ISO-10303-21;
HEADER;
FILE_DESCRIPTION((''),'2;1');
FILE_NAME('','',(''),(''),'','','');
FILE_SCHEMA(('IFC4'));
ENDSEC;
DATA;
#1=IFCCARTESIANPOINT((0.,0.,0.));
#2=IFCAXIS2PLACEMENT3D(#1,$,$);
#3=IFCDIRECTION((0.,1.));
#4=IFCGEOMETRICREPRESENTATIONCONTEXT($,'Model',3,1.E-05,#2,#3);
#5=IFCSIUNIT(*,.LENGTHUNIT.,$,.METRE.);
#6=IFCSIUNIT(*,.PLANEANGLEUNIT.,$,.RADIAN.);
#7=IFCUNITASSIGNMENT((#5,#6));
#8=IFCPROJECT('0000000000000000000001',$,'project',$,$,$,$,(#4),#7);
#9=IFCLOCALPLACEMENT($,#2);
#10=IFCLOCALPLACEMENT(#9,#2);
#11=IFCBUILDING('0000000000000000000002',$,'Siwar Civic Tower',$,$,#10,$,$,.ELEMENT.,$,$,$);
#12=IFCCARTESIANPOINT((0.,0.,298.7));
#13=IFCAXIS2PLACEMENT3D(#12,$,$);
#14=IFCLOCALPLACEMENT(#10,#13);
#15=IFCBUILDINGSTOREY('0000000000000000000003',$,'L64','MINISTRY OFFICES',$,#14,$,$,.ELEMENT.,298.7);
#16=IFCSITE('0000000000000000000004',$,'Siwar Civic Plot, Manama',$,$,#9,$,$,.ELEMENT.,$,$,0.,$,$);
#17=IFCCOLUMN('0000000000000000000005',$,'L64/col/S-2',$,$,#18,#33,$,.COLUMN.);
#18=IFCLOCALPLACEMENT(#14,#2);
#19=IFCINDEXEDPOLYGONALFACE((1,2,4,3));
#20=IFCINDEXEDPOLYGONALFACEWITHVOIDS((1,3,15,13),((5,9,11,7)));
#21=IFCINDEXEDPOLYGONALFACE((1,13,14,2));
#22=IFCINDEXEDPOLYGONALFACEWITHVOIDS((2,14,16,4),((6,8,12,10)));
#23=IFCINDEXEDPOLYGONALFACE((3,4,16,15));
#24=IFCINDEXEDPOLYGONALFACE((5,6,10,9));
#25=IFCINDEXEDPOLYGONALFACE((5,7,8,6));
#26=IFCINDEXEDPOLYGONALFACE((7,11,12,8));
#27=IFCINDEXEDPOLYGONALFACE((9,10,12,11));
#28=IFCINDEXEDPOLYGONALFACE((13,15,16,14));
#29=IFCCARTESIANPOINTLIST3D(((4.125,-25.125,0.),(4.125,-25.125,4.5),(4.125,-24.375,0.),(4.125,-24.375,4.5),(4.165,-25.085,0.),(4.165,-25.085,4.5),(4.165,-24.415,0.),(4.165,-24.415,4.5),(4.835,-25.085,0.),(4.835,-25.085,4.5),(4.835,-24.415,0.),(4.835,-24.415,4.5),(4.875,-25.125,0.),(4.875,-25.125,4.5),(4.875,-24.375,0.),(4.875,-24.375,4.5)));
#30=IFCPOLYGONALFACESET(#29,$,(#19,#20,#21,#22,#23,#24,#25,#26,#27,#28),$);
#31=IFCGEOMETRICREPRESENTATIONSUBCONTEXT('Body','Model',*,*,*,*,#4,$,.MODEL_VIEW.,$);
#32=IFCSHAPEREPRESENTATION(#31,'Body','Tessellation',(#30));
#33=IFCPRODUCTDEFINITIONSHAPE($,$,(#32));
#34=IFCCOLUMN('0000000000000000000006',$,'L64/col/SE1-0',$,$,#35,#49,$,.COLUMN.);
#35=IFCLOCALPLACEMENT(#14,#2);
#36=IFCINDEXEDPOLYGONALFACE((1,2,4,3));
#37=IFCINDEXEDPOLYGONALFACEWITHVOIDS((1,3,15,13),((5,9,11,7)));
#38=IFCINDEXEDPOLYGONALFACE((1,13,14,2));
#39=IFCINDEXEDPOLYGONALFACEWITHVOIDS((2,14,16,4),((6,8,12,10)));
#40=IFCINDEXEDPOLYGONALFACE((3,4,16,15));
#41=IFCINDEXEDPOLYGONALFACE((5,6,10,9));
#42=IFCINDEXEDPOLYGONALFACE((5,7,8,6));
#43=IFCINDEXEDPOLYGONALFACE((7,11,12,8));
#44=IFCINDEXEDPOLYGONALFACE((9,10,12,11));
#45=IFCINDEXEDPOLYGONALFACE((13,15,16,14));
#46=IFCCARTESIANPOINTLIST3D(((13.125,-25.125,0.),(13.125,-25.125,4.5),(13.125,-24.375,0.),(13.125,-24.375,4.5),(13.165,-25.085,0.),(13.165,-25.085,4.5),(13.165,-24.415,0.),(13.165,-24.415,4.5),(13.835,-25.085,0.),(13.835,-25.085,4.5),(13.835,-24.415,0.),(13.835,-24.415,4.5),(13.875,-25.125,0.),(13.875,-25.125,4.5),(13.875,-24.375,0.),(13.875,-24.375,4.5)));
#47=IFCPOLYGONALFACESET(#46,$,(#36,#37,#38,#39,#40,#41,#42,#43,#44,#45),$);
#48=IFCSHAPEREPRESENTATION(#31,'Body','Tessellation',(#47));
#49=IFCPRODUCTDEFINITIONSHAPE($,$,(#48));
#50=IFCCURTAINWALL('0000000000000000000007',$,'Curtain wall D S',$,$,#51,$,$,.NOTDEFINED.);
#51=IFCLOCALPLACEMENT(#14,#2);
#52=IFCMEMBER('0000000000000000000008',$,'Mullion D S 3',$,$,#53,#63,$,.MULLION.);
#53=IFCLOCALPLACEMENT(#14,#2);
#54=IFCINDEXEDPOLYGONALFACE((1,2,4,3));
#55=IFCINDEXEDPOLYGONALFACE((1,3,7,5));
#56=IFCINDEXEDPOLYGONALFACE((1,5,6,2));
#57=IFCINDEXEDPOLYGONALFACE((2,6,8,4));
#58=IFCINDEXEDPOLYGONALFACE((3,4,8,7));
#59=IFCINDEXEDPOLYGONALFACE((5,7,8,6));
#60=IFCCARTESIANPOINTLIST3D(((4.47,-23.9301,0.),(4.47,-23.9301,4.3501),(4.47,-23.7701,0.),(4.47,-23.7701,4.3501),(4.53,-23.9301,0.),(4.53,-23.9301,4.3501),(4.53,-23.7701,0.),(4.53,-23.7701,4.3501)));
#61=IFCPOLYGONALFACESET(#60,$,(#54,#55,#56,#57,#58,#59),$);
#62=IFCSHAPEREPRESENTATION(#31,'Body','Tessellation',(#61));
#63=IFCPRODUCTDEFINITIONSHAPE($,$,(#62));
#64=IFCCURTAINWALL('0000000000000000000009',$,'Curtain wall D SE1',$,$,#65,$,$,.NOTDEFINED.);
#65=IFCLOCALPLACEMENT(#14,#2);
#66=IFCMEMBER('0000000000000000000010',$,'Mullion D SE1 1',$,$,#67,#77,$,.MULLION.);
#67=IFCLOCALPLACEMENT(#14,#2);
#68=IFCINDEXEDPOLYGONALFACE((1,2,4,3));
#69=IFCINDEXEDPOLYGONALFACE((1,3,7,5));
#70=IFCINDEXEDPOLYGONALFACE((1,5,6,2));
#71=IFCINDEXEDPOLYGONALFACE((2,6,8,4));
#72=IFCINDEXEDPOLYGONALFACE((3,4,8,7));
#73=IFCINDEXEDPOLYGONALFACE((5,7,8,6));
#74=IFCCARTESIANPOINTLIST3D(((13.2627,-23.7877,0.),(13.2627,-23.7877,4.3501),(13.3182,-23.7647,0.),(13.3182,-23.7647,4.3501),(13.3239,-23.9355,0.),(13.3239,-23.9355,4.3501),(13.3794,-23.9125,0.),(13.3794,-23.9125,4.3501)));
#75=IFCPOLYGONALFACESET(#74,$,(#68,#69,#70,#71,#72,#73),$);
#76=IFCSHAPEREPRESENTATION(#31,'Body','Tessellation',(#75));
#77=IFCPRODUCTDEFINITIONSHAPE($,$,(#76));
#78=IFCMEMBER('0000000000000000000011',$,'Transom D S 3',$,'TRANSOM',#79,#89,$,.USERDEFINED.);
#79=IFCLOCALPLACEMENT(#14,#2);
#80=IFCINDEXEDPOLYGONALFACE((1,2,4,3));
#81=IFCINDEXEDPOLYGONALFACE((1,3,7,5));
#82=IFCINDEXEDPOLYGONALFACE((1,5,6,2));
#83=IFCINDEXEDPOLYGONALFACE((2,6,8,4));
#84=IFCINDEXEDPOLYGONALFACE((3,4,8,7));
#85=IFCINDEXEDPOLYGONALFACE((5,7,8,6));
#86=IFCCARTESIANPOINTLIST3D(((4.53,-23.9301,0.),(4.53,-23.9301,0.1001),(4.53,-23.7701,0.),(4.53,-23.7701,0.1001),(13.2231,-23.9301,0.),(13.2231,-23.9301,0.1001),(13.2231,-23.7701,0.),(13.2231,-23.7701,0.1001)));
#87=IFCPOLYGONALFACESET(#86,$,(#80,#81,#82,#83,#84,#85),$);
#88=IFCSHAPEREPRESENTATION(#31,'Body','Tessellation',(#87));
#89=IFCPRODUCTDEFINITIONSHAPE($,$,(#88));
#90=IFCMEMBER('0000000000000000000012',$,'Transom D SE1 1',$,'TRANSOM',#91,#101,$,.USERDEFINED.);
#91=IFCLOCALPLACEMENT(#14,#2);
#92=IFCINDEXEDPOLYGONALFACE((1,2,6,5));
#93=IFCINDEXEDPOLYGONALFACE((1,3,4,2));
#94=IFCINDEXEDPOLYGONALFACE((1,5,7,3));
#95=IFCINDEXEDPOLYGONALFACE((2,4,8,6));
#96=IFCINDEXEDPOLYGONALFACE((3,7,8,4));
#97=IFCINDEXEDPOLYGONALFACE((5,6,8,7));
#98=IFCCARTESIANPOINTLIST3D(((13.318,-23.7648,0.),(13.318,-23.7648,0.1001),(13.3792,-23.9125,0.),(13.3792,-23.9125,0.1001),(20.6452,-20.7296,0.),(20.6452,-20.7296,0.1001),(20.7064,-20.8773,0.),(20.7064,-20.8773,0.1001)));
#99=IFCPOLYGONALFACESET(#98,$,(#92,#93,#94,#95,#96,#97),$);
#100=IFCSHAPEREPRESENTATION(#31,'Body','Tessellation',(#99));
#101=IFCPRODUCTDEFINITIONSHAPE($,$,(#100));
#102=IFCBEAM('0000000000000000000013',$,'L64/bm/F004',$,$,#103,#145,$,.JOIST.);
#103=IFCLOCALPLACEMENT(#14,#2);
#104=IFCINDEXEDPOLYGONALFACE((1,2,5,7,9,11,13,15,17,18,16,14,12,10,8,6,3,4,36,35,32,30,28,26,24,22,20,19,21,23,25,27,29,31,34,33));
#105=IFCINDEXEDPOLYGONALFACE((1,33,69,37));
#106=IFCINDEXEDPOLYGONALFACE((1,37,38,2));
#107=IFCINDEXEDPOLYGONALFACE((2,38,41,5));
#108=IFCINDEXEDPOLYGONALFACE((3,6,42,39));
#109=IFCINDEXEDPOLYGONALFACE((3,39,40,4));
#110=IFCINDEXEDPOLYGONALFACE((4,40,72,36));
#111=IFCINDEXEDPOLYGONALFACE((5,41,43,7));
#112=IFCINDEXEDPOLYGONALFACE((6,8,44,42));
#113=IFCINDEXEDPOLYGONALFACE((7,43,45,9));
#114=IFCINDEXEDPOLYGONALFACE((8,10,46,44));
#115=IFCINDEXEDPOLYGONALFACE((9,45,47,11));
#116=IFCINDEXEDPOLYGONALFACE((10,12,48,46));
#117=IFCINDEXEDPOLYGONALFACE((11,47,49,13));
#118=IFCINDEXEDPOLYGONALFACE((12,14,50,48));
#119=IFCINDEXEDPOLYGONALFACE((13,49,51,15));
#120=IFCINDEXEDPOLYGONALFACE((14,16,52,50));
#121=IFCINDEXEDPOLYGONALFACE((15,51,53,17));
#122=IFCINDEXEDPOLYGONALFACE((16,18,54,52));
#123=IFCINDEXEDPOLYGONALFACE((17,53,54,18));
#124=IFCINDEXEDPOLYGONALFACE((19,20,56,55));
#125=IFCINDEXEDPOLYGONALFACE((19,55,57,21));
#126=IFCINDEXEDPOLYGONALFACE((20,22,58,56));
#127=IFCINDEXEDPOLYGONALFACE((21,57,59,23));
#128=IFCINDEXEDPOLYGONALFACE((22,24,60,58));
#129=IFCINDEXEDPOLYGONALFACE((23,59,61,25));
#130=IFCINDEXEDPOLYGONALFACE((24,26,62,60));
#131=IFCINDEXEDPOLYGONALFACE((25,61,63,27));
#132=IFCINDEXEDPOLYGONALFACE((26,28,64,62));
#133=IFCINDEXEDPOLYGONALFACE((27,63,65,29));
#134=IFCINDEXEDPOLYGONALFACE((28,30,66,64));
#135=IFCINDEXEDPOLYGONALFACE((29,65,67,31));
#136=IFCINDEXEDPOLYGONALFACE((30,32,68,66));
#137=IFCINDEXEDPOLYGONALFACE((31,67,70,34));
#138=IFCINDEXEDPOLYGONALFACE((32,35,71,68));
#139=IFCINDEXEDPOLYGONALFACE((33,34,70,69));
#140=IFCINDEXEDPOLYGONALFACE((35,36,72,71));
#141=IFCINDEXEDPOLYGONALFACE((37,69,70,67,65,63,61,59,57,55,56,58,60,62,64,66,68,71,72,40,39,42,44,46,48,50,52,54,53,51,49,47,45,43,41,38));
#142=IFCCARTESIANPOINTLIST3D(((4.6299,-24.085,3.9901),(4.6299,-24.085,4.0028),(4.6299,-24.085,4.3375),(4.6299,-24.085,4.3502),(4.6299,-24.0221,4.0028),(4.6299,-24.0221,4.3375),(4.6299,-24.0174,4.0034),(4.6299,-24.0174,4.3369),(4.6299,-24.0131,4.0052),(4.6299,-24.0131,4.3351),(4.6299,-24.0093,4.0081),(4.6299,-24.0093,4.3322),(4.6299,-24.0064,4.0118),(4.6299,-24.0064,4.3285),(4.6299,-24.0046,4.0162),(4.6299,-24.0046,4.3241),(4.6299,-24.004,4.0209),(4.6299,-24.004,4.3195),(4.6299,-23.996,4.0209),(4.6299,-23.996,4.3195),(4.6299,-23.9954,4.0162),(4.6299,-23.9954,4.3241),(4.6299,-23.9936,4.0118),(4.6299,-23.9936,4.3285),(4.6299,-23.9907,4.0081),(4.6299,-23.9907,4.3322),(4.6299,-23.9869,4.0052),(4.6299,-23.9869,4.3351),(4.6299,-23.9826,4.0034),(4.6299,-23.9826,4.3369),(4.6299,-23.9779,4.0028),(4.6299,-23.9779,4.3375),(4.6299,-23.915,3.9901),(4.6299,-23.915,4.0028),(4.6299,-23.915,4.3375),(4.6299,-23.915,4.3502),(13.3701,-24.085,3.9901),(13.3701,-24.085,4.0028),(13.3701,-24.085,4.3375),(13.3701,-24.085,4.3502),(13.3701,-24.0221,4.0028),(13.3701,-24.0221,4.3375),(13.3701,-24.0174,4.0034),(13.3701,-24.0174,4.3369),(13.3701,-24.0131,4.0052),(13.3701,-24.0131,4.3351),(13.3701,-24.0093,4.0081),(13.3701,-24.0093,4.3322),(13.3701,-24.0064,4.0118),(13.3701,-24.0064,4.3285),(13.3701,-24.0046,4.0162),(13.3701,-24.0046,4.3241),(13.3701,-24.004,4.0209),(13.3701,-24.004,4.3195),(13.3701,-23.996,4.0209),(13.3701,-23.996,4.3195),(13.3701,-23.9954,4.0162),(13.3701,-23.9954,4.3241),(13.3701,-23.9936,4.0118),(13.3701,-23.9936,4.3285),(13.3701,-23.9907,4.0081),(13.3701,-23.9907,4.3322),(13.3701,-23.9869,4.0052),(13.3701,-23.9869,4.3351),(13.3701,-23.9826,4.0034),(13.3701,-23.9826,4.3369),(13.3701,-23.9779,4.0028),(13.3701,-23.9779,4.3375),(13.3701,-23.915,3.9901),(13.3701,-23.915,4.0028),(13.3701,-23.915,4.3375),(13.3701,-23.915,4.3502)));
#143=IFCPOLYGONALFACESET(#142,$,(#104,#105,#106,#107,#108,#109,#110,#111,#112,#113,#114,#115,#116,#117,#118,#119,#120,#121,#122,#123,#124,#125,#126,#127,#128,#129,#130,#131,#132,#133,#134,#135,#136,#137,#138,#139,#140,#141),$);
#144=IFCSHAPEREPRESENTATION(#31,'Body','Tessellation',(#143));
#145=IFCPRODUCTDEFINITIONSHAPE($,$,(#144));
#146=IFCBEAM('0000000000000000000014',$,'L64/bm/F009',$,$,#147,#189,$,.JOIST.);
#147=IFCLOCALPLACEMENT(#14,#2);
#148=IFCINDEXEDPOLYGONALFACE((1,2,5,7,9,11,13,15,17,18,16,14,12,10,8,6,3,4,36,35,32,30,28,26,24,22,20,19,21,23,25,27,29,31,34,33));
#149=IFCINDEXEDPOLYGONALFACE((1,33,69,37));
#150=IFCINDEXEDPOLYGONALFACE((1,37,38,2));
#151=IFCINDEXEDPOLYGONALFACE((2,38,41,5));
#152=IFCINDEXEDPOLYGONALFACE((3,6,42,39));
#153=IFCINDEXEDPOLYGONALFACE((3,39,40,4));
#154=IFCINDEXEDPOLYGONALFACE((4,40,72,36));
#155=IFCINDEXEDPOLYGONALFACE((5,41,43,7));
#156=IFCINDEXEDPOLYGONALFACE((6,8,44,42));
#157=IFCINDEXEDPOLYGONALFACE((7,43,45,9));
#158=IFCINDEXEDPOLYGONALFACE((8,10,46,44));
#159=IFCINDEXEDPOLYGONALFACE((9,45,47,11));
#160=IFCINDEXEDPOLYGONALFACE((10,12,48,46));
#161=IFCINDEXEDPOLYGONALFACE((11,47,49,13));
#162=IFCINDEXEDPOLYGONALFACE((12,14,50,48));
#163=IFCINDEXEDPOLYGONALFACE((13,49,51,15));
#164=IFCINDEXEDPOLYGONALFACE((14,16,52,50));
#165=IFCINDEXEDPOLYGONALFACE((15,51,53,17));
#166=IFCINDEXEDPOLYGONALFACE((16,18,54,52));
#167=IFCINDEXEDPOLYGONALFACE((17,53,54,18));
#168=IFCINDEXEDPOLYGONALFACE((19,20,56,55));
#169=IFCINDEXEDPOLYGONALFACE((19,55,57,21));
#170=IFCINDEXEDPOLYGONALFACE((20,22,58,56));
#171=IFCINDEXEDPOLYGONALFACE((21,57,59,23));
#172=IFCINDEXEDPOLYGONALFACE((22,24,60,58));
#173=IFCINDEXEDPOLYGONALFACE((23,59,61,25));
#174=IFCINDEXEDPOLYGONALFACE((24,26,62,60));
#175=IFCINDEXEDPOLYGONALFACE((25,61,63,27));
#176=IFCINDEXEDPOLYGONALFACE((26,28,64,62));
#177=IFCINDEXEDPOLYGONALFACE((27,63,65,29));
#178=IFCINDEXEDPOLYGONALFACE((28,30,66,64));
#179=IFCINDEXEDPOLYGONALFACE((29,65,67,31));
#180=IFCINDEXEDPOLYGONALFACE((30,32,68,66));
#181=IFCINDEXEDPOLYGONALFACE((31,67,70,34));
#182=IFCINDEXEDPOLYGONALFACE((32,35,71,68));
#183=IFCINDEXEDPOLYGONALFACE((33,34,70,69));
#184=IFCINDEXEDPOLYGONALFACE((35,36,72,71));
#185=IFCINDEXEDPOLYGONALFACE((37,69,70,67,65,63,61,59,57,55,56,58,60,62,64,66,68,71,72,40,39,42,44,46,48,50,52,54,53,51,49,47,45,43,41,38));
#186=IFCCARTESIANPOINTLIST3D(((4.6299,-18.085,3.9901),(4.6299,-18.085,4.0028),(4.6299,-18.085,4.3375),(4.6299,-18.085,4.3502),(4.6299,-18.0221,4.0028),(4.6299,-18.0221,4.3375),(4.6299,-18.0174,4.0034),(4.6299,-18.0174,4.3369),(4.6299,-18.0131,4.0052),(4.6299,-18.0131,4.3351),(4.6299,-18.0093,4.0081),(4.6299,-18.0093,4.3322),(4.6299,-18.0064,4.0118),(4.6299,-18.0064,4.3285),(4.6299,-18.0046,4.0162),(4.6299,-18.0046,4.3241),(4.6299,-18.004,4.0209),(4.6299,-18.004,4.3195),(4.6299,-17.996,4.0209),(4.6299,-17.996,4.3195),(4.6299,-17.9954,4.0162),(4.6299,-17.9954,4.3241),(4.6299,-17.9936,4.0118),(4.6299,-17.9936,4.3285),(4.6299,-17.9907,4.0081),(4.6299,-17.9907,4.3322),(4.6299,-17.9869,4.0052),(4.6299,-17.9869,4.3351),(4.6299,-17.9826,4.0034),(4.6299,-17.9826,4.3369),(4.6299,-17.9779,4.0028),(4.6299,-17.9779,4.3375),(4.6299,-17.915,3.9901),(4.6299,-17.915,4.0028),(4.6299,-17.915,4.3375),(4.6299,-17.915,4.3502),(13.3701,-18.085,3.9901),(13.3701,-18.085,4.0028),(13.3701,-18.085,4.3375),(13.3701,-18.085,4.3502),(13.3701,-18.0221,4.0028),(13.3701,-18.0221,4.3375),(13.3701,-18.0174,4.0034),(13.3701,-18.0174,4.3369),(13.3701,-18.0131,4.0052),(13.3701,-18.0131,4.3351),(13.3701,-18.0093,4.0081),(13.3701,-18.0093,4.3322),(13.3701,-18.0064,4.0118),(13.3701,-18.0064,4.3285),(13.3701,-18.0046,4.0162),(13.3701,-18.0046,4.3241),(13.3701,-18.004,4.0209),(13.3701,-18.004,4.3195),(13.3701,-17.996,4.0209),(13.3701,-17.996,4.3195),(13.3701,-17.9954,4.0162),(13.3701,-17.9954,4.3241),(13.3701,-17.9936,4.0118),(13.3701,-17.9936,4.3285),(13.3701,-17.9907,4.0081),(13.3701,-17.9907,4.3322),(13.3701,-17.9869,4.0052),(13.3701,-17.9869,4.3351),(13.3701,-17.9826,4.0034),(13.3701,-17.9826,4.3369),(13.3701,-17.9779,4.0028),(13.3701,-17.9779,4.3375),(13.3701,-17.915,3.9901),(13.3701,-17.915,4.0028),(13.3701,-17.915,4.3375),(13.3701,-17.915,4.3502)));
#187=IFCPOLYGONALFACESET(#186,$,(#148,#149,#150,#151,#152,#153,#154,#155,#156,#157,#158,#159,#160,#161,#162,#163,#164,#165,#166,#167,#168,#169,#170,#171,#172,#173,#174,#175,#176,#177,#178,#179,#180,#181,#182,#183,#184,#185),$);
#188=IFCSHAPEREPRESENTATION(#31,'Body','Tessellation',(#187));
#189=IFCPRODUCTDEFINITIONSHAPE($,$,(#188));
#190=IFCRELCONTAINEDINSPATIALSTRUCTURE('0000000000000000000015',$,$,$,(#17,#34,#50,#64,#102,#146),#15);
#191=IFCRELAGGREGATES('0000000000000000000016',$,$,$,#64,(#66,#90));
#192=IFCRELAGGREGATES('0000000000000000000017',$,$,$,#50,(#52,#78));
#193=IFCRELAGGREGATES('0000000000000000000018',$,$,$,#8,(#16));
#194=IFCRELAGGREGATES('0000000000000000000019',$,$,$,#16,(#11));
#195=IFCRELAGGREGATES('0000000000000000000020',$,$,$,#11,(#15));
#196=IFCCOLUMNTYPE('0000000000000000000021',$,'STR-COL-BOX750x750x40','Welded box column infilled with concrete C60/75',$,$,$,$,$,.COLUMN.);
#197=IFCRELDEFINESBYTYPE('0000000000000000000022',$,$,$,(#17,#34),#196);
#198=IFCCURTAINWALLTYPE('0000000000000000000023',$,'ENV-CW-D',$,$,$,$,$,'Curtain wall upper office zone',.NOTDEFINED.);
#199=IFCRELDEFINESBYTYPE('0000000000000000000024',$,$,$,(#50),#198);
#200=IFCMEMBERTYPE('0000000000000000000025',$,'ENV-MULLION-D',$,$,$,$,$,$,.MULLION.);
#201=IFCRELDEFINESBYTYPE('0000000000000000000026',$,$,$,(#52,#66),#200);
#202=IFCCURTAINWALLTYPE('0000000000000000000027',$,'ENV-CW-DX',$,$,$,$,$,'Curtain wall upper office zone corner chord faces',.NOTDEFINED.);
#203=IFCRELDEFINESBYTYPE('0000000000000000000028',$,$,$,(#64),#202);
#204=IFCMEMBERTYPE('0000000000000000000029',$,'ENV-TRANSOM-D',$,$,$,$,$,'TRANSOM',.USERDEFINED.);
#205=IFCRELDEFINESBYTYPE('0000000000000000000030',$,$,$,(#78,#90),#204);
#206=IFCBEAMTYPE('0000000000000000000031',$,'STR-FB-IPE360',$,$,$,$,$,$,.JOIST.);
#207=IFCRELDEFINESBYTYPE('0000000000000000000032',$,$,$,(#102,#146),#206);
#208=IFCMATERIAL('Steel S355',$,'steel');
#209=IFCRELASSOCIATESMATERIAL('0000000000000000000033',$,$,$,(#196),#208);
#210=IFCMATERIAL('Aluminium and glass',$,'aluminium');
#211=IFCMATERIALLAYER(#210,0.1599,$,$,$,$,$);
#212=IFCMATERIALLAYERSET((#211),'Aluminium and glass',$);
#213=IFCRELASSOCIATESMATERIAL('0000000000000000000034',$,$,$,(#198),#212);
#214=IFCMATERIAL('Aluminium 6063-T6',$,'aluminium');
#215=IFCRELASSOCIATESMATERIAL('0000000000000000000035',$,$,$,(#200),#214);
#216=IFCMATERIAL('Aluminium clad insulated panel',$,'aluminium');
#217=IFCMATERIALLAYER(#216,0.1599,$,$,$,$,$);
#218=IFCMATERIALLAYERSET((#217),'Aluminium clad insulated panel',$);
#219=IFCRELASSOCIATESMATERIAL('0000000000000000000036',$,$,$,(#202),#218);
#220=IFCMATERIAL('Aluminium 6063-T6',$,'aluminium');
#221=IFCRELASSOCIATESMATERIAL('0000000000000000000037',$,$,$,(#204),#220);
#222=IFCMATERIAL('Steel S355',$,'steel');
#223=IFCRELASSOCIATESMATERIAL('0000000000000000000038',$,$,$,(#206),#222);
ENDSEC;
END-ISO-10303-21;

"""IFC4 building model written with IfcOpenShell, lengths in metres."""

from ifc_helpers import new_model, si_unit, direction, frame, origin, origin_2d, place, context, subcontext, project, spatial, rectangle, hollow_rectangle, i_section, extrude, material, layer, layer_set, material_profile, profile_set, type_object, element, aggregate, save


model = new_model("IFC4")

# Units and contexts
model_context = context("Model", 3, precision=1e-05, world=origin(), true_north=direction((0.0, 1.0)))
body_context = subcontext(model_context, "Body", "Model", "MODEL_VIEW")
ifc_project = project(units=[si_unit("LENGTHUNIT", "METRE"), si_unit("PLANEANGLEUNIT", "RADIAN")], contexts=[model_context])

# Site, building, storey
site_placement = place(None, origin())
site = spatial("IfcSite", under=ifc_project, at=site_placement, Name="Siwar Civic Plot, Manama", CompositionType="ELEMENT", RefElevation=0.0)
building_placement = place(site_placement, origin())
building = spatial("IfcBuilding", under=site, at=building_placement, Name="Siwar Civic Tower", CompositionType="ELEMENT")
storey_placement = place(building_placement, frame((0.0, 0.0, 298.7)))
storey = spatial("IfcBuildingStorey", under=building, at=storey_placement, Name="L64", Description="MINISTRY OFFICES", CompositionType="ELEMENT", Elevation=298.7)

# Columns
ifc_material_1 = material(Name="Steel S355", Category="steel")
ifc_material_profile_1 = material_profile(ifc_material_1, hollow_rectangle(XDim=0.75, YDim=0.75, WallThickness=0.04, at=origin_2d()), Name="BOX750x750x40")
ifc_profile_set_1 = profile_set([ifc_material_profile_1], Name="Steel S355")
column_type = type_object("IfcColumnType", Name="STR-COL-BOX750x750x40", Description="Welded box column infilled with concrete C60/75", PredefinedType="COLUMN", material=ifc_profile_set_1)
for number, where, z_axis, x_axis, name in (
    (1, (4.5, -24.75, 0.0), (0.0, 0.0, 1.0), (1.0, 0.0, 0.0), "L64/col/S-2"),
    (2, (13.5, -24.75, 0.0), (0.0, 0.0, 1.0), (1.0, 0.0, 0.0), "L64/col/SE1-0"),
):
    element("IfcColumn", number, at=place(storey_placement, frame(where, z_axis=z_axis, x_axis=x_axis)), inside=storey, type_object=column_type, Name=name, PredefinedType="COLUMN", context=body_context, shape_type="SweptSolid", body=[
        extrude(hollow_rectangle(XDim=0.75, YDim=0.75, WallThickness=0.04, at=origin_2d()), origin(), (0.0, 0.0, 1.0), 4.5),
    ])

# Curtain walls, members
ifc_material_2 = material(Name="Aluminium and glass", Category="aluminium")
ifc_layer_1 = layer(ifc_material_2, 0.1599)
ifc_layer_set_1 = layer_set([ifc_layer_1], Name="Aluminium and glass")
curtain_wall_type_1 = type_object("IfcCurtainWallType", Name="ENV-CW-D", ElementType="Curtain wall upper office zone", PredefinedType="NOTDEFINED", material=ifc_layer_set_1)
curtain_wall_1_placement = place(storey_placement, origin())
curtain_wall_1 = element("IfcCurtainWall", 3, at=curtain_wall_1_placement, inside=storey, type_object=curtain_wall_type_1, Name="Curtain wall D S", PredefinedType="NOTDEFINED")
ifc_material_3 = material(Name="Aluminium 6063-T6", Category="aluminium")
ifc_material_profile_2 = material_profile(ifc_material_3, rectangle(XDim=0.1599, YDim=0.0601, at=origin_2d()), Name="AL 160x60")
ifc_profile_set_2 = profile_set([ifc_material_profile_2], Name="Aluminium 6063-T6")
member_type_1 = type_object("IfcMemberType", Name="ENV-MULLION-D", PredefinedType="MULLION", material=ifc_profile_set_2)
member_1_placement = place(storey_placement, frame((4.5, -23.8501, 0.0), z_axis=(0.0, 0.0, 1.0), x_axis=(0.0, 1.0, 0.0)))
member_1 = element("IfcMember", 4, at=member_1_placement, type_object=member_type_1, Name="Mullion D S 3", PredefinedType="MULLION", context=body_context, shape_type="SweptSolid", body=[
    extrude(rectangle(XDim=0.1599, YDim=0.0601, at=origin_2d()), origin(), (0.0, 0.0, 1.0), 4.3501),
])
ifc_material_4 = material(Name="Aluminium clad insulated panel", Category="aluminium")
ifc_layer_2 = layer(ifc_material_4, 0.1599)
ifc_layer_set_2 = layer_set([ifc_layer_2], Name="Aluminium clad insulated panel")
curtain_wall_type_2 = type_object("IfcCurtainWallType", Name="ENV-CW-DX", ElementType="Curtain wall upper office zone corner chord faces", PredefinedType="NOTDEFINED", material=ifc_layer_set_2)
curtain_wall_2_placement = place(storey_placement, origin())
curtain_wall_2 = element("IfcCurtainWall", 5, at=curtain_wall_2_placement, inside=storey, type_object=curtain_wall_type_2, Name="Curtain wall D SE1", PredefinedType="NOTDEFINED")
member_2_placement = place(storey_placement, frame((13.321, -23.8501, 0.0), z_axis=(0.0, 0.0, 1.0), x_axis=(-0.382683, 0.92388, 0.0)))
member_2 = element("IfcMember", 6, at=member_2_placement, type_object=member_type_1, Name="Mullion D SE1 1", PredefinedType="MULLION", context=body_context, shape_type="SweptSolid", body=[
    extrude(rectangle(XDim=0.1599, YDim=0.0601, at=origin_2d()), origin(), (0.0, 0.0, 1.0), 4.3501),
])

# Members
ifc_material_5 = material(Name="Aluminium 6063-T6", Category="aluminium")
ifc_material_profile_3 = material_profile(ifc_material_5, rectangle(XDim=0.1599, YDim=0.1001, at=origin_2d()), Name="AL 160x100")
ifc_profile_set_3 = profile_set([ifc_material_profile_3], Name="Aluminium 6063-T6")
member_type_2 = type_object("IfcMemberType", Name="ENV-TRANSOM-D", ElementType="TRANSOM", PredefinedType="USERDEFINED", material=ifc_profile_set_3)
member_3_placement = place(storey_placement, frame((4.53, -23.8501, 0.05), z_axis=(1.0, 0.0, 0.0), x_axis=(0.0, 1.0, 0.0)))
member_3 = element("IfcMember", 7, at=member_3_placement, type_object=member_type_2, Name="Transom D S 3", ObjectType="TRANSOM", PredefinedType="USERDEFINED", context=body_context, shape_type="SweptSolid", body=[
    extrude(rectangle(XDim=0.1599, YDim=0.1001, at=origin_2d()), origin(), (0.0, 0.0, 1.0), 8.6931),
])
member_4_placement = place(storey_placement, frame((13.3486, -23.8386, 0.05), z_axis=(0.923873, 0.3827, 0.0), x_axis=(-0.3827, 0.923873, 0.0)))
member_4 = element("IfcMember", 8, at=member_4_placement, type_object=member_type_2, Name="Transom D SE1 1", ObjectType="TRANSOM", PredefinedType="USERDEFINED", context=body_context, shape_type="SweptSolid", body=[
    extrude(rectangle(XDim=0.1599, YDim=0.1001, at=origin_2d()), origin(), (0.0, 0.0, 1.0), 7.9309),
])
aggregate(curtain_wall_2, [member_2, member_4])

# Beams
ifc_material_6 = material(Name="Steel S355", Category="steel")
ifc_material_profile_4 = material_profile(ifc_material_6, i_section(OverallWidth=0.1699, OverallDepth=0.3601, WebThickness=0.0081, FlangeThickness=0.0127, FilletRadius=0.0181, at=origin_2d()), Name="IPE360")
ifc_profile_set_4 = profile_set([ifc_material_profile_4], Name="Steel S355")
beam_type_1 = type_object("IfcBeamType", Name="STR-FB-IPE360", PredefinedType="JOIST", material=ifc_profile_set_4)
for number, where, z_axis, x_axis, name in (
    (9, (4.6299, -24.0, 4.1702), (1.0, 0.0, 0.0), (0.0, 1.0, 0.0), "L64/bm/F004"),
    (10, (4.6299, -18.0, 4.1702), (1.0, 0.0, 0.0), (0.0, 1.0, 0.0), "L64/bm/F009"),
):
    element("IfcBeam", number, at=place(storey_placement, frame(where, z_axis=z_axis, x_axis=x_axis)), inside=storey, type_object=beam_type_1, Name=name, PredefinedType="JOIST", context=body_context, shape_type="SweptSolid", body=[
        extrude(i_section(OverallWidth=0.1699, OverallDepth=0.3601, WebThickness=0.0081, FlangeThickness=0.0127, FilletRadius=0.0181, at=origin_2d()), origin(), (0.0, 0.0, 1.0), 8.7402),
    ])

aggregate(curtain_wall_1, [member_1, member_3])

save(model, "model.ifc")
